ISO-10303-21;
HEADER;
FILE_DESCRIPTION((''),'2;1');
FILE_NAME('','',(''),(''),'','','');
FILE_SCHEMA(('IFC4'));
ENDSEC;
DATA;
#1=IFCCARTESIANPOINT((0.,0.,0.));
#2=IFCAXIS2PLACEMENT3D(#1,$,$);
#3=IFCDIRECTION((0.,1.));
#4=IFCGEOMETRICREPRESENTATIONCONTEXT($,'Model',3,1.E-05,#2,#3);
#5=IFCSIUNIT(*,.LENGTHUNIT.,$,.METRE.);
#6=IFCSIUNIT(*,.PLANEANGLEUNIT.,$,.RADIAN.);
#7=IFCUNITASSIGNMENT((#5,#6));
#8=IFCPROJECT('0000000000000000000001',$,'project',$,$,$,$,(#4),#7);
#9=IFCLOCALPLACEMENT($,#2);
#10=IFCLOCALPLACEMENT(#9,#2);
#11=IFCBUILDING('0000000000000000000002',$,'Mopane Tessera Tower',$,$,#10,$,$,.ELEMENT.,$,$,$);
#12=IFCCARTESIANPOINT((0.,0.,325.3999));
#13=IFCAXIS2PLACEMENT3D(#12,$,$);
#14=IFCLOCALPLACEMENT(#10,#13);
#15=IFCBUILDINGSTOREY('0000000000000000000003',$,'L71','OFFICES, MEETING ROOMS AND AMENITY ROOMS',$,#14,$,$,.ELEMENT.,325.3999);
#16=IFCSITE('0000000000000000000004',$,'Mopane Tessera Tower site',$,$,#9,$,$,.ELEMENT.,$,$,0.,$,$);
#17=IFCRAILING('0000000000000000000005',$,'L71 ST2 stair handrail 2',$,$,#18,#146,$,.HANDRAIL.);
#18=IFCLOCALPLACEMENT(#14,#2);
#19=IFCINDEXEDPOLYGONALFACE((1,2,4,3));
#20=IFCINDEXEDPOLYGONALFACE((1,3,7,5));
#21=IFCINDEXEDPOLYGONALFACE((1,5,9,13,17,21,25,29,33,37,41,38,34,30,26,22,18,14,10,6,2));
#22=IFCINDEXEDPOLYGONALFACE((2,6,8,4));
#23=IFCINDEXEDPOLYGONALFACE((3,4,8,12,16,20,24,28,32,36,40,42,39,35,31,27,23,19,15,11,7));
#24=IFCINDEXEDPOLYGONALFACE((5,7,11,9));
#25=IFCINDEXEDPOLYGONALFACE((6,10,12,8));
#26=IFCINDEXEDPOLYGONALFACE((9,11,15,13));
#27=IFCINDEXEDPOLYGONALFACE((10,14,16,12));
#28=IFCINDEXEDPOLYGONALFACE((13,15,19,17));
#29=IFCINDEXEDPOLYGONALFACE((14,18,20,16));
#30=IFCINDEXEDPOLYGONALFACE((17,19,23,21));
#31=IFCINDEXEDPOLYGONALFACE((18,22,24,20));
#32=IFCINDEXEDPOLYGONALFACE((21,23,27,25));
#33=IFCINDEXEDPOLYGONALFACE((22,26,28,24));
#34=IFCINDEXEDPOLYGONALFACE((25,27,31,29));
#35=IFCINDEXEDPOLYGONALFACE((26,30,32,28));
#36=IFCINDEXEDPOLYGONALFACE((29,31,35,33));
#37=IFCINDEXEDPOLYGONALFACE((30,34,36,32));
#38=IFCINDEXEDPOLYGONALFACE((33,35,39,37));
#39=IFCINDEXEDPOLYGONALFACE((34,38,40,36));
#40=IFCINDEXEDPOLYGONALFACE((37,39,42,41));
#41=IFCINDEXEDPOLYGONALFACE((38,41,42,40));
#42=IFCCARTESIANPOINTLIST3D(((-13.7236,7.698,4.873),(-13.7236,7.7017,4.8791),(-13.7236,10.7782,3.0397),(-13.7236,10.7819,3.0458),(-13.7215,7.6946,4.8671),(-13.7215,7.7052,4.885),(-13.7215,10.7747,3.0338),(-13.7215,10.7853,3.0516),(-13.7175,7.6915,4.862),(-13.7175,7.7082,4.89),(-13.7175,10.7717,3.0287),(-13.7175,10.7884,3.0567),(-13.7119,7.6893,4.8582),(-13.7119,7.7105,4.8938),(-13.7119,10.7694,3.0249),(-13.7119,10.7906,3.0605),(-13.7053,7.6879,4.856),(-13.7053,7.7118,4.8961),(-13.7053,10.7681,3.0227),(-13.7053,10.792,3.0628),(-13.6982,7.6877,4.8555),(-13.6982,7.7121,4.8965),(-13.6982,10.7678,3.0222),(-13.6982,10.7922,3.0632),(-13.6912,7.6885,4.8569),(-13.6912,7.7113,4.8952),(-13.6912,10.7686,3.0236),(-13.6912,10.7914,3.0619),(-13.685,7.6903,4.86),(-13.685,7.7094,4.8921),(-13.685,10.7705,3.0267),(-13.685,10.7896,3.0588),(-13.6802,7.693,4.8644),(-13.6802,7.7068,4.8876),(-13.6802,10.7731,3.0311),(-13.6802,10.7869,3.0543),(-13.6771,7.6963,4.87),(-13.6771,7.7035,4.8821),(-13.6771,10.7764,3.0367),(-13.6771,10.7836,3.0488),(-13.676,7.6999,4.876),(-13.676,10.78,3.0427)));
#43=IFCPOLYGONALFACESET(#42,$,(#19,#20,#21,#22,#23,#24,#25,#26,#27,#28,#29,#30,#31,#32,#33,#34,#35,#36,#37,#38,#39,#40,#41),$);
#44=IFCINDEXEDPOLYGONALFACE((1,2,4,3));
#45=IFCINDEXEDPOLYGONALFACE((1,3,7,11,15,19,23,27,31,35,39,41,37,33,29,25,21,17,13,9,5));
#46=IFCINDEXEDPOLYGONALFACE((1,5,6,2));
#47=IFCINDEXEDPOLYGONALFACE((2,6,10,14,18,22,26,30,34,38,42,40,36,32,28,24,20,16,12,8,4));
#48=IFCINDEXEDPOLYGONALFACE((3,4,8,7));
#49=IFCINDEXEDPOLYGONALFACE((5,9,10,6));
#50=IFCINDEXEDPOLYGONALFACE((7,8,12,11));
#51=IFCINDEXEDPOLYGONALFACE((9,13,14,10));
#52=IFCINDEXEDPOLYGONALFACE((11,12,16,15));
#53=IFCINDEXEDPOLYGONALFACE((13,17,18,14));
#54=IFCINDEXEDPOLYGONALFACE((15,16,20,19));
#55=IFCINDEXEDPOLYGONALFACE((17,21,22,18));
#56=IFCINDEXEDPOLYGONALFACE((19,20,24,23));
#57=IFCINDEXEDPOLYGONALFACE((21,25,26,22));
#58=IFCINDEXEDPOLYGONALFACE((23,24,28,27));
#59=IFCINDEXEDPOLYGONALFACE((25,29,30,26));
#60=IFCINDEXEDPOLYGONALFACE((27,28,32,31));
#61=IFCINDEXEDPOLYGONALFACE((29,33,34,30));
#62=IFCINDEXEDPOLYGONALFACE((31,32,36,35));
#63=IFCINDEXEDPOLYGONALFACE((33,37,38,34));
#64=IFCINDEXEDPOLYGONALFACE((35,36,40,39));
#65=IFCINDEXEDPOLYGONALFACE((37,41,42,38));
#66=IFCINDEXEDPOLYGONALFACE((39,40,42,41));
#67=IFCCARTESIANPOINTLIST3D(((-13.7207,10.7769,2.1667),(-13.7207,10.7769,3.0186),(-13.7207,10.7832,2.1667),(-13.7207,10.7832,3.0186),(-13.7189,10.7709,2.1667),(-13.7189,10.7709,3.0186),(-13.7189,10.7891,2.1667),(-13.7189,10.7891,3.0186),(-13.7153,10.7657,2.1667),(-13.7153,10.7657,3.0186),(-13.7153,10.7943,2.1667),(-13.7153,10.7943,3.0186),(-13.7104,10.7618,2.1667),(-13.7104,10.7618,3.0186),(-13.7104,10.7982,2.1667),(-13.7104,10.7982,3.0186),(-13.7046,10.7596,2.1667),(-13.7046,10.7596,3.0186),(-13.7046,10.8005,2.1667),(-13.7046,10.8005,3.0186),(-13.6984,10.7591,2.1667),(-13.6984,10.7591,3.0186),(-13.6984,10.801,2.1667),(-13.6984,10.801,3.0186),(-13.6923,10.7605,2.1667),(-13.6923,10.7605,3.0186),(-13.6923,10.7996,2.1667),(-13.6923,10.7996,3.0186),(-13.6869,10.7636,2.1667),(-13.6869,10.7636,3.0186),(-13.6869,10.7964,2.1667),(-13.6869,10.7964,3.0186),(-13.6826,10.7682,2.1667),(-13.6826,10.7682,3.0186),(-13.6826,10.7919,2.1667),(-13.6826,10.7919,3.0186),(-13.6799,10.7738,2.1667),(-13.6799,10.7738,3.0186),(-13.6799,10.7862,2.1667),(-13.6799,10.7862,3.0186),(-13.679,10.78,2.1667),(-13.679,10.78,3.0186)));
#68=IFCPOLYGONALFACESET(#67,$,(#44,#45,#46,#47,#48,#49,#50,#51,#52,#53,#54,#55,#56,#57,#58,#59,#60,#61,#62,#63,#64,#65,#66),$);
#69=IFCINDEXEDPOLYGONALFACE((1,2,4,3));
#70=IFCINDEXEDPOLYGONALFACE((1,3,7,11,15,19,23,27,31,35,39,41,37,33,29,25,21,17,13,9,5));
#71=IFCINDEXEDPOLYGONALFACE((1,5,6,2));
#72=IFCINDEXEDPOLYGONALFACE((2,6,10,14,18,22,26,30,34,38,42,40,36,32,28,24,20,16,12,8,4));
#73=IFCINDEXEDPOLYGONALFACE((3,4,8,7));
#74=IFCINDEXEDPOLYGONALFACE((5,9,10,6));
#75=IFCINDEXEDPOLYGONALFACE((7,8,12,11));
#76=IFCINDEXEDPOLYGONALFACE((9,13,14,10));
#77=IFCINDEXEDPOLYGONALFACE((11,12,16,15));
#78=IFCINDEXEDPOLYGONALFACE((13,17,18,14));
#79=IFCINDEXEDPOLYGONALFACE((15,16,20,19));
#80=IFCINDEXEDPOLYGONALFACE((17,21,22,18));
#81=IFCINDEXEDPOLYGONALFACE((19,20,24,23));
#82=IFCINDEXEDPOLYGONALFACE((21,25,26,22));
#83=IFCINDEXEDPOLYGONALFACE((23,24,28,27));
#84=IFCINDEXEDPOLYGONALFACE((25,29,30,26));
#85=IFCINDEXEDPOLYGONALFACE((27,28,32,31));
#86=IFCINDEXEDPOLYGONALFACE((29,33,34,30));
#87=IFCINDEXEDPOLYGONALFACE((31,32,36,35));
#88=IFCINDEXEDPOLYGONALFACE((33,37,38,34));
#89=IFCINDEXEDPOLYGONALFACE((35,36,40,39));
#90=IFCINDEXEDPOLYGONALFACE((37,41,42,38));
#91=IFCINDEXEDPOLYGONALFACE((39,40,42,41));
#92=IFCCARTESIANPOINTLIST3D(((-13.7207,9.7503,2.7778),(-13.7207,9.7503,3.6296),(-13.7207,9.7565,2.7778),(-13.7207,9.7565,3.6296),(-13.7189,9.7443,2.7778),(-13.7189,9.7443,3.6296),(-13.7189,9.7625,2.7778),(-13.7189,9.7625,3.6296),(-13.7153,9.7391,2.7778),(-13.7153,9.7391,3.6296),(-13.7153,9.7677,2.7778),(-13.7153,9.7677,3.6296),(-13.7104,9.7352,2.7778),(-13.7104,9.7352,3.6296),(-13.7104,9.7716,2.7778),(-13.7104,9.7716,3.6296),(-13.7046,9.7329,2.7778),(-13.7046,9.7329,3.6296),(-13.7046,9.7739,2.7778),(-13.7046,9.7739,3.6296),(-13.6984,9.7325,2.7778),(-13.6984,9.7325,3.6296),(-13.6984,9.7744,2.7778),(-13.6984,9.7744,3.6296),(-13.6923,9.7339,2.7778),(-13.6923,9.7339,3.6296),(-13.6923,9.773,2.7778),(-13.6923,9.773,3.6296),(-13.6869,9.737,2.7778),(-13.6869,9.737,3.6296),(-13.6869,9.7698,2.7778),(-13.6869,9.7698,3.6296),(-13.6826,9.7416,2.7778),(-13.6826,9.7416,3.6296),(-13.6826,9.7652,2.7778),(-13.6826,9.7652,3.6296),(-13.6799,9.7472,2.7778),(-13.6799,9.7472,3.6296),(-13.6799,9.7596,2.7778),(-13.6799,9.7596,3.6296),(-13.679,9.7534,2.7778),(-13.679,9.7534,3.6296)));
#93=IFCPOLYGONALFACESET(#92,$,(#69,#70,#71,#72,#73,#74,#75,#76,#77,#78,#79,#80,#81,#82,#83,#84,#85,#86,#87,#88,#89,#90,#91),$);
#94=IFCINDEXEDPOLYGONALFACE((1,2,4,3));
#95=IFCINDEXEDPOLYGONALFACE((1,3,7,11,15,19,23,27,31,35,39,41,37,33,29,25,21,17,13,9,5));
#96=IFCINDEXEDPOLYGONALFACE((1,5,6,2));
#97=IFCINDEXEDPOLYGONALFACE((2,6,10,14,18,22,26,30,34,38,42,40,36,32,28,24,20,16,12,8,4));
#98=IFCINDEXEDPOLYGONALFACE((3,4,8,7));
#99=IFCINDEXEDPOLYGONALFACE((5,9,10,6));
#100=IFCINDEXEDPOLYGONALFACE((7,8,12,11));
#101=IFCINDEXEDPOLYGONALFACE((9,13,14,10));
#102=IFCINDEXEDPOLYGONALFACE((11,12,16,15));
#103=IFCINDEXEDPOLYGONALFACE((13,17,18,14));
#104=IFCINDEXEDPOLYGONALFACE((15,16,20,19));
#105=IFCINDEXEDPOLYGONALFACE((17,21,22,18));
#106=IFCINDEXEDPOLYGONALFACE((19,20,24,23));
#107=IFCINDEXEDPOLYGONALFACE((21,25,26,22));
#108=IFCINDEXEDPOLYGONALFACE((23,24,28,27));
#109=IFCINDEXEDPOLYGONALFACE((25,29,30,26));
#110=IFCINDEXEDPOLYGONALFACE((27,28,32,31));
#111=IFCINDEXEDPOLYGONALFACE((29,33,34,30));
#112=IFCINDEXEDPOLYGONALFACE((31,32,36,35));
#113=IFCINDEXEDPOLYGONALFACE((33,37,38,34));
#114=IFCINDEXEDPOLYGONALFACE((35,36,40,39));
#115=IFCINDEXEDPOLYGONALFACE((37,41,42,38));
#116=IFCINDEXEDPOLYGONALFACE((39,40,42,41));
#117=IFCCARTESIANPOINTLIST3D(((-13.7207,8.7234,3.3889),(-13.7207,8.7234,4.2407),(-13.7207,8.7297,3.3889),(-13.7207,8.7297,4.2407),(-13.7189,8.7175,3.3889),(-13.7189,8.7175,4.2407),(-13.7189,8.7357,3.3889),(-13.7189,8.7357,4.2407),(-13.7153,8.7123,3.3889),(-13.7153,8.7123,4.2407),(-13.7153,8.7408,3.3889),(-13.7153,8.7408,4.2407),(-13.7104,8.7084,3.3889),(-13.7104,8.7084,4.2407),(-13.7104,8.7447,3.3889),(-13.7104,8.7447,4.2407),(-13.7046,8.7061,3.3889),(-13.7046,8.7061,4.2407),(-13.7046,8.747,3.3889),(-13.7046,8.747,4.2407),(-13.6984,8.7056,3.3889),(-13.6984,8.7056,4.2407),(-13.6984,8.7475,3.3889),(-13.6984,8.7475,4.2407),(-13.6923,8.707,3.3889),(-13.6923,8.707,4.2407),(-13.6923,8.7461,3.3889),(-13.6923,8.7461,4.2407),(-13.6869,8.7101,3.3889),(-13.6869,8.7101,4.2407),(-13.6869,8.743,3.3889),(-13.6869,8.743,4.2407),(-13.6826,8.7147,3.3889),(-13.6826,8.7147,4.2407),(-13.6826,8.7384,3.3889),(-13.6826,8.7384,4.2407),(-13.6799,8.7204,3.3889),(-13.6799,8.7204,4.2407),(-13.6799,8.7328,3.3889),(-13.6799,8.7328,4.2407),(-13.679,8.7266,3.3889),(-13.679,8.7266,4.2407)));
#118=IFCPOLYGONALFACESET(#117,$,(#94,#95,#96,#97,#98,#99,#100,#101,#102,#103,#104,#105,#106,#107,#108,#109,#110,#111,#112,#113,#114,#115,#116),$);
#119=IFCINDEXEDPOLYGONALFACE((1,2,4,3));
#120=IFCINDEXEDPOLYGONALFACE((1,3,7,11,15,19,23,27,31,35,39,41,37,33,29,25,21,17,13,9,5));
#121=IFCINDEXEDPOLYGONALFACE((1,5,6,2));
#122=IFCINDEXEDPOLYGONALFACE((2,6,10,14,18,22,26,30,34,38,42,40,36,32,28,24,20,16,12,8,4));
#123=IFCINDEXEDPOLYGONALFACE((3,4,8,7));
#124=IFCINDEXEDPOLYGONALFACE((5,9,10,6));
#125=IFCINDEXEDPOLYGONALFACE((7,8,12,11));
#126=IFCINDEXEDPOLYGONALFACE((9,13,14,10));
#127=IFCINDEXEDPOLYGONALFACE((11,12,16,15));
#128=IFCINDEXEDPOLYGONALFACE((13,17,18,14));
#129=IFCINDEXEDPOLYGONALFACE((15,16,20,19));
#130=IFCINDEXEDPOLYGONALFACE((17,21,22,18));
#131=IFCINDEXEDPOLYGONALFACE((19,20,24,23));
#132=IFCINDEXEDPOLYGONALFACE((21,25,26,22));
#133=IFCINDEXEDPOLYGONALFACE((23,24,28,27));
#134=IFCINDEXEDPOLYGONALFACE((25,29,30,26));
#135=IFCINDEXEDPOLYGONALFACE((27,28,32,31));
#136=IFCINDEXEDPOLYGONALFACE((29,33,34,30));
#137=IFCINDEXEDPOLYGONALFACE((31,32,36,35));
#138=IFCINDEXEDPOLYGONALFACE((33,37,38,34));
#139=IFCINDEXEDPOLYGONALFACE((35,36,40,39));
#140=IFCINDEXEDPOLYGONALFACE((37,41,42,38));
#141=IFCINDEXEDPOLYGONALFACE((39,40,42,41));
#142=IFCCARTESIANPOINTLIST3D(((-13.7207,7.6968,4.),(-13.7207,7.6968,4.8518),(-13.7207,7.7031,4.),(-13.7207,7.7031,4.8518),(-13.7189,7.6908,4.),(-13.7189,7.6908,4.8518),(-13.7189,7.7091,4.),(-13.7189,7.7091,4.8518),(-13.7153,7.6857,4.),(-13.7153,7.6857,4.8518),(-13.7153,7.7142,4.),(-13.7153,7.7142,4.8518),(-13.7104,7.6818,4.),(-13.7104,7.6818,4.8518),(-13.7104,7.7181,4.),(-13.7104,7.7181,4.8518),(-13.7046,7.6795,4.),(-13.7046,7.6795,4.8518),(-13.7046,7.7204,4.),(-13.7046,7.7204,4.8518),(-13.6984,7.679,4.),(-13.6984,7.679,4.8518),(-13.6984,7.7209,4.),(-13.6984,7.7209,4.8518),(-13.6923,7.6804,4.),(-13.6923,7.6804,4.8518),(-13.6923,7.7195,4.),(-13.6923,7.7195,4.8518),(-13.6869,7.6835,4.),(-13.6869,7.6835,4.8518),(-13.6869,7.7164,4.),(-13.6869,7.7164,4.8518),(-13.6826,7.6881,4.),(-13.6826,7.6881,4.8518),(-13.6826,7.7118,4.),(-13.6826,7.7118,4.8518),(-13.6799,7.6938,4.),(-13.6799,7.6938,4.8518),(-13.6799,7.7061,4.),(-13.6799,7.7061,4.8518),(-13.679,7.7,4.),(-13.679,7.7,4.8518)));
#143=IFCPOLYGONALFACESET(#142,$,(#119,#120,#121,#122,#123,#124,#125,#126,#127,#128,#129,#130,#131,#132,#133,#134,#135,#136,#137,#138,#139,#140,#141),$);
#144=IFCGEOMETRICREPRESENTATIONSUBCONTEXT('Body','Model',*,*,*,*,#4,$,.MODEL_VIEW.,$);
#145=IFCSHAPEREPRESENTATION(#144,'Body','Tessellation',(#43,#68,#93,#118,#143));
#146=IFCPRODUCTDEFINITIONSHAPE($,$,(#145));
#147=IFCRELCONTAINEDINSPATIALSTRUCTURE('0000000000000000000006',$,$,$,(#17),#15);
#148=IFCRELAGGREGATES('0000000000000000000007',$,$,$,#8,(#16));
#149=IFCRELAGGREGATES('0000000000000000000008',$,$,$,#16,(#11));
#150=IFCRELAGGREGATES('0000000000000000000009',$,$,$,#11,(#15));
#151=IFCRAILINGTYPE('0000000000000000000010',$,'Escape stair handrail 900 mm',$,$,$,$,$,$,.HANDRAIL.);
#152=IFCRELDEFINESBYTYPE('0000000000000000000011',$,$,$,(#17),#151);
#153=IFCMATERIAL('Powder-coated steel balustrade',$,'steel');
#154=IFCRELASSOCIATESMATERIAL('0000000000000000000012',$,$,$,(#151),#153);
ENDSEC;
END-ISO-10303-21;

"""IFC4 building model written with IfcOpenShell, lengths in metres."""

from ifc_helpers import new_model, si_unit, direction, frame, origin, origin_2d, place, context, subcontext, project, spatial, circle, extrude, material, type_object, element, save


model = new_model("IFC4")

# Units and contexts
model_context = context("Model", 3, precision=1e-05, world=origin(), true_north=direction((0.0, 1.0)))
body_context = subcontext(model_context, "Body", "Model", "MODEL_VIEW")
ifc_project = project(units=[si_unit("LENGTHUNIT", "METRE"), si_unit("PLANEANGLEUNIT", "RADIAN")], contexts=[model_context])

# Site, building, storey
site_placement = place(None, origin())
site = spatial("IfcSite", under=ifc_project, at=site_placement, Name="Mopane Tessera Tower site", CompositionType="ELEMENT", RefElevation=0.0)
building_placement = place(site_placement, origin())
building = spatial("IfcBuilding", under=site, at=building_placement, Name="Mopane Tessera Tower", CompositionType="ELEMENT")
storey_placement = place(building_placement, frame((0.0, 0.0, 325.3999)))
storey = spatial("IfcBuildingStorey", under=building, at=storey_placement, Name="L71", Description="OFFICES, MEETING ROOMS AND AMENITY ROOMS", CompositionType="ELEMENT", Elevation=325.3999)

# Railing
ifc_material_1 = material(Name="Powder-coated steel balustrade", Category="steel")
railing_type_1 = type_object("IfcRailingType", Name="Escape stair handrail 900 mm", PredefinedType="HANDRAIL", material=ifc_material_1)
railing_1_placement = place(storey_placement, frame((-13.7, 10.78, 2.1667)))
element("IfcRailing", 1, at=railing_1_placement, inside=storey, type_object=railing_type_1, Name="L71 ST2 stair handrail 2", PredefinedType="HANDRAIL", context=body_context, shape_type="SweptSolid", body=[
    extrude(circle(Radius=0.0239, at=origin_2d()), frame((0.0, 0.0, 0.876), z_axis=(0.0, -0.859309, 0.511458), x_axis=(1.0, 0.0, 0.0)), (0.0, 0.0, 1.0), 3.5845),
    extrude(circle(Radius=0.021, at=origin_2d()), origin(), (0.0, 0.0, 1.0), 0.8518),
    extrude(circle(Radius=0.021, at=origin_2d()), frame((0.0, -1.0266, 0.6111)), (0.0, 0.0, 1.0), 0.8518),
    extrude(circle(Radius=0.021, at=origin_2d()), frame((0.0, -2.0535, 1.2222)), (0.0, 0.0, 1.0), 0.8518),
    extrude(circle(Radius=0.021, at=origin_2d()), frame((0.0, -3.0801, 1.8333)), (0.0, 0.0, 1.0), 0.8518),
])

save(model, "model.ifc")
